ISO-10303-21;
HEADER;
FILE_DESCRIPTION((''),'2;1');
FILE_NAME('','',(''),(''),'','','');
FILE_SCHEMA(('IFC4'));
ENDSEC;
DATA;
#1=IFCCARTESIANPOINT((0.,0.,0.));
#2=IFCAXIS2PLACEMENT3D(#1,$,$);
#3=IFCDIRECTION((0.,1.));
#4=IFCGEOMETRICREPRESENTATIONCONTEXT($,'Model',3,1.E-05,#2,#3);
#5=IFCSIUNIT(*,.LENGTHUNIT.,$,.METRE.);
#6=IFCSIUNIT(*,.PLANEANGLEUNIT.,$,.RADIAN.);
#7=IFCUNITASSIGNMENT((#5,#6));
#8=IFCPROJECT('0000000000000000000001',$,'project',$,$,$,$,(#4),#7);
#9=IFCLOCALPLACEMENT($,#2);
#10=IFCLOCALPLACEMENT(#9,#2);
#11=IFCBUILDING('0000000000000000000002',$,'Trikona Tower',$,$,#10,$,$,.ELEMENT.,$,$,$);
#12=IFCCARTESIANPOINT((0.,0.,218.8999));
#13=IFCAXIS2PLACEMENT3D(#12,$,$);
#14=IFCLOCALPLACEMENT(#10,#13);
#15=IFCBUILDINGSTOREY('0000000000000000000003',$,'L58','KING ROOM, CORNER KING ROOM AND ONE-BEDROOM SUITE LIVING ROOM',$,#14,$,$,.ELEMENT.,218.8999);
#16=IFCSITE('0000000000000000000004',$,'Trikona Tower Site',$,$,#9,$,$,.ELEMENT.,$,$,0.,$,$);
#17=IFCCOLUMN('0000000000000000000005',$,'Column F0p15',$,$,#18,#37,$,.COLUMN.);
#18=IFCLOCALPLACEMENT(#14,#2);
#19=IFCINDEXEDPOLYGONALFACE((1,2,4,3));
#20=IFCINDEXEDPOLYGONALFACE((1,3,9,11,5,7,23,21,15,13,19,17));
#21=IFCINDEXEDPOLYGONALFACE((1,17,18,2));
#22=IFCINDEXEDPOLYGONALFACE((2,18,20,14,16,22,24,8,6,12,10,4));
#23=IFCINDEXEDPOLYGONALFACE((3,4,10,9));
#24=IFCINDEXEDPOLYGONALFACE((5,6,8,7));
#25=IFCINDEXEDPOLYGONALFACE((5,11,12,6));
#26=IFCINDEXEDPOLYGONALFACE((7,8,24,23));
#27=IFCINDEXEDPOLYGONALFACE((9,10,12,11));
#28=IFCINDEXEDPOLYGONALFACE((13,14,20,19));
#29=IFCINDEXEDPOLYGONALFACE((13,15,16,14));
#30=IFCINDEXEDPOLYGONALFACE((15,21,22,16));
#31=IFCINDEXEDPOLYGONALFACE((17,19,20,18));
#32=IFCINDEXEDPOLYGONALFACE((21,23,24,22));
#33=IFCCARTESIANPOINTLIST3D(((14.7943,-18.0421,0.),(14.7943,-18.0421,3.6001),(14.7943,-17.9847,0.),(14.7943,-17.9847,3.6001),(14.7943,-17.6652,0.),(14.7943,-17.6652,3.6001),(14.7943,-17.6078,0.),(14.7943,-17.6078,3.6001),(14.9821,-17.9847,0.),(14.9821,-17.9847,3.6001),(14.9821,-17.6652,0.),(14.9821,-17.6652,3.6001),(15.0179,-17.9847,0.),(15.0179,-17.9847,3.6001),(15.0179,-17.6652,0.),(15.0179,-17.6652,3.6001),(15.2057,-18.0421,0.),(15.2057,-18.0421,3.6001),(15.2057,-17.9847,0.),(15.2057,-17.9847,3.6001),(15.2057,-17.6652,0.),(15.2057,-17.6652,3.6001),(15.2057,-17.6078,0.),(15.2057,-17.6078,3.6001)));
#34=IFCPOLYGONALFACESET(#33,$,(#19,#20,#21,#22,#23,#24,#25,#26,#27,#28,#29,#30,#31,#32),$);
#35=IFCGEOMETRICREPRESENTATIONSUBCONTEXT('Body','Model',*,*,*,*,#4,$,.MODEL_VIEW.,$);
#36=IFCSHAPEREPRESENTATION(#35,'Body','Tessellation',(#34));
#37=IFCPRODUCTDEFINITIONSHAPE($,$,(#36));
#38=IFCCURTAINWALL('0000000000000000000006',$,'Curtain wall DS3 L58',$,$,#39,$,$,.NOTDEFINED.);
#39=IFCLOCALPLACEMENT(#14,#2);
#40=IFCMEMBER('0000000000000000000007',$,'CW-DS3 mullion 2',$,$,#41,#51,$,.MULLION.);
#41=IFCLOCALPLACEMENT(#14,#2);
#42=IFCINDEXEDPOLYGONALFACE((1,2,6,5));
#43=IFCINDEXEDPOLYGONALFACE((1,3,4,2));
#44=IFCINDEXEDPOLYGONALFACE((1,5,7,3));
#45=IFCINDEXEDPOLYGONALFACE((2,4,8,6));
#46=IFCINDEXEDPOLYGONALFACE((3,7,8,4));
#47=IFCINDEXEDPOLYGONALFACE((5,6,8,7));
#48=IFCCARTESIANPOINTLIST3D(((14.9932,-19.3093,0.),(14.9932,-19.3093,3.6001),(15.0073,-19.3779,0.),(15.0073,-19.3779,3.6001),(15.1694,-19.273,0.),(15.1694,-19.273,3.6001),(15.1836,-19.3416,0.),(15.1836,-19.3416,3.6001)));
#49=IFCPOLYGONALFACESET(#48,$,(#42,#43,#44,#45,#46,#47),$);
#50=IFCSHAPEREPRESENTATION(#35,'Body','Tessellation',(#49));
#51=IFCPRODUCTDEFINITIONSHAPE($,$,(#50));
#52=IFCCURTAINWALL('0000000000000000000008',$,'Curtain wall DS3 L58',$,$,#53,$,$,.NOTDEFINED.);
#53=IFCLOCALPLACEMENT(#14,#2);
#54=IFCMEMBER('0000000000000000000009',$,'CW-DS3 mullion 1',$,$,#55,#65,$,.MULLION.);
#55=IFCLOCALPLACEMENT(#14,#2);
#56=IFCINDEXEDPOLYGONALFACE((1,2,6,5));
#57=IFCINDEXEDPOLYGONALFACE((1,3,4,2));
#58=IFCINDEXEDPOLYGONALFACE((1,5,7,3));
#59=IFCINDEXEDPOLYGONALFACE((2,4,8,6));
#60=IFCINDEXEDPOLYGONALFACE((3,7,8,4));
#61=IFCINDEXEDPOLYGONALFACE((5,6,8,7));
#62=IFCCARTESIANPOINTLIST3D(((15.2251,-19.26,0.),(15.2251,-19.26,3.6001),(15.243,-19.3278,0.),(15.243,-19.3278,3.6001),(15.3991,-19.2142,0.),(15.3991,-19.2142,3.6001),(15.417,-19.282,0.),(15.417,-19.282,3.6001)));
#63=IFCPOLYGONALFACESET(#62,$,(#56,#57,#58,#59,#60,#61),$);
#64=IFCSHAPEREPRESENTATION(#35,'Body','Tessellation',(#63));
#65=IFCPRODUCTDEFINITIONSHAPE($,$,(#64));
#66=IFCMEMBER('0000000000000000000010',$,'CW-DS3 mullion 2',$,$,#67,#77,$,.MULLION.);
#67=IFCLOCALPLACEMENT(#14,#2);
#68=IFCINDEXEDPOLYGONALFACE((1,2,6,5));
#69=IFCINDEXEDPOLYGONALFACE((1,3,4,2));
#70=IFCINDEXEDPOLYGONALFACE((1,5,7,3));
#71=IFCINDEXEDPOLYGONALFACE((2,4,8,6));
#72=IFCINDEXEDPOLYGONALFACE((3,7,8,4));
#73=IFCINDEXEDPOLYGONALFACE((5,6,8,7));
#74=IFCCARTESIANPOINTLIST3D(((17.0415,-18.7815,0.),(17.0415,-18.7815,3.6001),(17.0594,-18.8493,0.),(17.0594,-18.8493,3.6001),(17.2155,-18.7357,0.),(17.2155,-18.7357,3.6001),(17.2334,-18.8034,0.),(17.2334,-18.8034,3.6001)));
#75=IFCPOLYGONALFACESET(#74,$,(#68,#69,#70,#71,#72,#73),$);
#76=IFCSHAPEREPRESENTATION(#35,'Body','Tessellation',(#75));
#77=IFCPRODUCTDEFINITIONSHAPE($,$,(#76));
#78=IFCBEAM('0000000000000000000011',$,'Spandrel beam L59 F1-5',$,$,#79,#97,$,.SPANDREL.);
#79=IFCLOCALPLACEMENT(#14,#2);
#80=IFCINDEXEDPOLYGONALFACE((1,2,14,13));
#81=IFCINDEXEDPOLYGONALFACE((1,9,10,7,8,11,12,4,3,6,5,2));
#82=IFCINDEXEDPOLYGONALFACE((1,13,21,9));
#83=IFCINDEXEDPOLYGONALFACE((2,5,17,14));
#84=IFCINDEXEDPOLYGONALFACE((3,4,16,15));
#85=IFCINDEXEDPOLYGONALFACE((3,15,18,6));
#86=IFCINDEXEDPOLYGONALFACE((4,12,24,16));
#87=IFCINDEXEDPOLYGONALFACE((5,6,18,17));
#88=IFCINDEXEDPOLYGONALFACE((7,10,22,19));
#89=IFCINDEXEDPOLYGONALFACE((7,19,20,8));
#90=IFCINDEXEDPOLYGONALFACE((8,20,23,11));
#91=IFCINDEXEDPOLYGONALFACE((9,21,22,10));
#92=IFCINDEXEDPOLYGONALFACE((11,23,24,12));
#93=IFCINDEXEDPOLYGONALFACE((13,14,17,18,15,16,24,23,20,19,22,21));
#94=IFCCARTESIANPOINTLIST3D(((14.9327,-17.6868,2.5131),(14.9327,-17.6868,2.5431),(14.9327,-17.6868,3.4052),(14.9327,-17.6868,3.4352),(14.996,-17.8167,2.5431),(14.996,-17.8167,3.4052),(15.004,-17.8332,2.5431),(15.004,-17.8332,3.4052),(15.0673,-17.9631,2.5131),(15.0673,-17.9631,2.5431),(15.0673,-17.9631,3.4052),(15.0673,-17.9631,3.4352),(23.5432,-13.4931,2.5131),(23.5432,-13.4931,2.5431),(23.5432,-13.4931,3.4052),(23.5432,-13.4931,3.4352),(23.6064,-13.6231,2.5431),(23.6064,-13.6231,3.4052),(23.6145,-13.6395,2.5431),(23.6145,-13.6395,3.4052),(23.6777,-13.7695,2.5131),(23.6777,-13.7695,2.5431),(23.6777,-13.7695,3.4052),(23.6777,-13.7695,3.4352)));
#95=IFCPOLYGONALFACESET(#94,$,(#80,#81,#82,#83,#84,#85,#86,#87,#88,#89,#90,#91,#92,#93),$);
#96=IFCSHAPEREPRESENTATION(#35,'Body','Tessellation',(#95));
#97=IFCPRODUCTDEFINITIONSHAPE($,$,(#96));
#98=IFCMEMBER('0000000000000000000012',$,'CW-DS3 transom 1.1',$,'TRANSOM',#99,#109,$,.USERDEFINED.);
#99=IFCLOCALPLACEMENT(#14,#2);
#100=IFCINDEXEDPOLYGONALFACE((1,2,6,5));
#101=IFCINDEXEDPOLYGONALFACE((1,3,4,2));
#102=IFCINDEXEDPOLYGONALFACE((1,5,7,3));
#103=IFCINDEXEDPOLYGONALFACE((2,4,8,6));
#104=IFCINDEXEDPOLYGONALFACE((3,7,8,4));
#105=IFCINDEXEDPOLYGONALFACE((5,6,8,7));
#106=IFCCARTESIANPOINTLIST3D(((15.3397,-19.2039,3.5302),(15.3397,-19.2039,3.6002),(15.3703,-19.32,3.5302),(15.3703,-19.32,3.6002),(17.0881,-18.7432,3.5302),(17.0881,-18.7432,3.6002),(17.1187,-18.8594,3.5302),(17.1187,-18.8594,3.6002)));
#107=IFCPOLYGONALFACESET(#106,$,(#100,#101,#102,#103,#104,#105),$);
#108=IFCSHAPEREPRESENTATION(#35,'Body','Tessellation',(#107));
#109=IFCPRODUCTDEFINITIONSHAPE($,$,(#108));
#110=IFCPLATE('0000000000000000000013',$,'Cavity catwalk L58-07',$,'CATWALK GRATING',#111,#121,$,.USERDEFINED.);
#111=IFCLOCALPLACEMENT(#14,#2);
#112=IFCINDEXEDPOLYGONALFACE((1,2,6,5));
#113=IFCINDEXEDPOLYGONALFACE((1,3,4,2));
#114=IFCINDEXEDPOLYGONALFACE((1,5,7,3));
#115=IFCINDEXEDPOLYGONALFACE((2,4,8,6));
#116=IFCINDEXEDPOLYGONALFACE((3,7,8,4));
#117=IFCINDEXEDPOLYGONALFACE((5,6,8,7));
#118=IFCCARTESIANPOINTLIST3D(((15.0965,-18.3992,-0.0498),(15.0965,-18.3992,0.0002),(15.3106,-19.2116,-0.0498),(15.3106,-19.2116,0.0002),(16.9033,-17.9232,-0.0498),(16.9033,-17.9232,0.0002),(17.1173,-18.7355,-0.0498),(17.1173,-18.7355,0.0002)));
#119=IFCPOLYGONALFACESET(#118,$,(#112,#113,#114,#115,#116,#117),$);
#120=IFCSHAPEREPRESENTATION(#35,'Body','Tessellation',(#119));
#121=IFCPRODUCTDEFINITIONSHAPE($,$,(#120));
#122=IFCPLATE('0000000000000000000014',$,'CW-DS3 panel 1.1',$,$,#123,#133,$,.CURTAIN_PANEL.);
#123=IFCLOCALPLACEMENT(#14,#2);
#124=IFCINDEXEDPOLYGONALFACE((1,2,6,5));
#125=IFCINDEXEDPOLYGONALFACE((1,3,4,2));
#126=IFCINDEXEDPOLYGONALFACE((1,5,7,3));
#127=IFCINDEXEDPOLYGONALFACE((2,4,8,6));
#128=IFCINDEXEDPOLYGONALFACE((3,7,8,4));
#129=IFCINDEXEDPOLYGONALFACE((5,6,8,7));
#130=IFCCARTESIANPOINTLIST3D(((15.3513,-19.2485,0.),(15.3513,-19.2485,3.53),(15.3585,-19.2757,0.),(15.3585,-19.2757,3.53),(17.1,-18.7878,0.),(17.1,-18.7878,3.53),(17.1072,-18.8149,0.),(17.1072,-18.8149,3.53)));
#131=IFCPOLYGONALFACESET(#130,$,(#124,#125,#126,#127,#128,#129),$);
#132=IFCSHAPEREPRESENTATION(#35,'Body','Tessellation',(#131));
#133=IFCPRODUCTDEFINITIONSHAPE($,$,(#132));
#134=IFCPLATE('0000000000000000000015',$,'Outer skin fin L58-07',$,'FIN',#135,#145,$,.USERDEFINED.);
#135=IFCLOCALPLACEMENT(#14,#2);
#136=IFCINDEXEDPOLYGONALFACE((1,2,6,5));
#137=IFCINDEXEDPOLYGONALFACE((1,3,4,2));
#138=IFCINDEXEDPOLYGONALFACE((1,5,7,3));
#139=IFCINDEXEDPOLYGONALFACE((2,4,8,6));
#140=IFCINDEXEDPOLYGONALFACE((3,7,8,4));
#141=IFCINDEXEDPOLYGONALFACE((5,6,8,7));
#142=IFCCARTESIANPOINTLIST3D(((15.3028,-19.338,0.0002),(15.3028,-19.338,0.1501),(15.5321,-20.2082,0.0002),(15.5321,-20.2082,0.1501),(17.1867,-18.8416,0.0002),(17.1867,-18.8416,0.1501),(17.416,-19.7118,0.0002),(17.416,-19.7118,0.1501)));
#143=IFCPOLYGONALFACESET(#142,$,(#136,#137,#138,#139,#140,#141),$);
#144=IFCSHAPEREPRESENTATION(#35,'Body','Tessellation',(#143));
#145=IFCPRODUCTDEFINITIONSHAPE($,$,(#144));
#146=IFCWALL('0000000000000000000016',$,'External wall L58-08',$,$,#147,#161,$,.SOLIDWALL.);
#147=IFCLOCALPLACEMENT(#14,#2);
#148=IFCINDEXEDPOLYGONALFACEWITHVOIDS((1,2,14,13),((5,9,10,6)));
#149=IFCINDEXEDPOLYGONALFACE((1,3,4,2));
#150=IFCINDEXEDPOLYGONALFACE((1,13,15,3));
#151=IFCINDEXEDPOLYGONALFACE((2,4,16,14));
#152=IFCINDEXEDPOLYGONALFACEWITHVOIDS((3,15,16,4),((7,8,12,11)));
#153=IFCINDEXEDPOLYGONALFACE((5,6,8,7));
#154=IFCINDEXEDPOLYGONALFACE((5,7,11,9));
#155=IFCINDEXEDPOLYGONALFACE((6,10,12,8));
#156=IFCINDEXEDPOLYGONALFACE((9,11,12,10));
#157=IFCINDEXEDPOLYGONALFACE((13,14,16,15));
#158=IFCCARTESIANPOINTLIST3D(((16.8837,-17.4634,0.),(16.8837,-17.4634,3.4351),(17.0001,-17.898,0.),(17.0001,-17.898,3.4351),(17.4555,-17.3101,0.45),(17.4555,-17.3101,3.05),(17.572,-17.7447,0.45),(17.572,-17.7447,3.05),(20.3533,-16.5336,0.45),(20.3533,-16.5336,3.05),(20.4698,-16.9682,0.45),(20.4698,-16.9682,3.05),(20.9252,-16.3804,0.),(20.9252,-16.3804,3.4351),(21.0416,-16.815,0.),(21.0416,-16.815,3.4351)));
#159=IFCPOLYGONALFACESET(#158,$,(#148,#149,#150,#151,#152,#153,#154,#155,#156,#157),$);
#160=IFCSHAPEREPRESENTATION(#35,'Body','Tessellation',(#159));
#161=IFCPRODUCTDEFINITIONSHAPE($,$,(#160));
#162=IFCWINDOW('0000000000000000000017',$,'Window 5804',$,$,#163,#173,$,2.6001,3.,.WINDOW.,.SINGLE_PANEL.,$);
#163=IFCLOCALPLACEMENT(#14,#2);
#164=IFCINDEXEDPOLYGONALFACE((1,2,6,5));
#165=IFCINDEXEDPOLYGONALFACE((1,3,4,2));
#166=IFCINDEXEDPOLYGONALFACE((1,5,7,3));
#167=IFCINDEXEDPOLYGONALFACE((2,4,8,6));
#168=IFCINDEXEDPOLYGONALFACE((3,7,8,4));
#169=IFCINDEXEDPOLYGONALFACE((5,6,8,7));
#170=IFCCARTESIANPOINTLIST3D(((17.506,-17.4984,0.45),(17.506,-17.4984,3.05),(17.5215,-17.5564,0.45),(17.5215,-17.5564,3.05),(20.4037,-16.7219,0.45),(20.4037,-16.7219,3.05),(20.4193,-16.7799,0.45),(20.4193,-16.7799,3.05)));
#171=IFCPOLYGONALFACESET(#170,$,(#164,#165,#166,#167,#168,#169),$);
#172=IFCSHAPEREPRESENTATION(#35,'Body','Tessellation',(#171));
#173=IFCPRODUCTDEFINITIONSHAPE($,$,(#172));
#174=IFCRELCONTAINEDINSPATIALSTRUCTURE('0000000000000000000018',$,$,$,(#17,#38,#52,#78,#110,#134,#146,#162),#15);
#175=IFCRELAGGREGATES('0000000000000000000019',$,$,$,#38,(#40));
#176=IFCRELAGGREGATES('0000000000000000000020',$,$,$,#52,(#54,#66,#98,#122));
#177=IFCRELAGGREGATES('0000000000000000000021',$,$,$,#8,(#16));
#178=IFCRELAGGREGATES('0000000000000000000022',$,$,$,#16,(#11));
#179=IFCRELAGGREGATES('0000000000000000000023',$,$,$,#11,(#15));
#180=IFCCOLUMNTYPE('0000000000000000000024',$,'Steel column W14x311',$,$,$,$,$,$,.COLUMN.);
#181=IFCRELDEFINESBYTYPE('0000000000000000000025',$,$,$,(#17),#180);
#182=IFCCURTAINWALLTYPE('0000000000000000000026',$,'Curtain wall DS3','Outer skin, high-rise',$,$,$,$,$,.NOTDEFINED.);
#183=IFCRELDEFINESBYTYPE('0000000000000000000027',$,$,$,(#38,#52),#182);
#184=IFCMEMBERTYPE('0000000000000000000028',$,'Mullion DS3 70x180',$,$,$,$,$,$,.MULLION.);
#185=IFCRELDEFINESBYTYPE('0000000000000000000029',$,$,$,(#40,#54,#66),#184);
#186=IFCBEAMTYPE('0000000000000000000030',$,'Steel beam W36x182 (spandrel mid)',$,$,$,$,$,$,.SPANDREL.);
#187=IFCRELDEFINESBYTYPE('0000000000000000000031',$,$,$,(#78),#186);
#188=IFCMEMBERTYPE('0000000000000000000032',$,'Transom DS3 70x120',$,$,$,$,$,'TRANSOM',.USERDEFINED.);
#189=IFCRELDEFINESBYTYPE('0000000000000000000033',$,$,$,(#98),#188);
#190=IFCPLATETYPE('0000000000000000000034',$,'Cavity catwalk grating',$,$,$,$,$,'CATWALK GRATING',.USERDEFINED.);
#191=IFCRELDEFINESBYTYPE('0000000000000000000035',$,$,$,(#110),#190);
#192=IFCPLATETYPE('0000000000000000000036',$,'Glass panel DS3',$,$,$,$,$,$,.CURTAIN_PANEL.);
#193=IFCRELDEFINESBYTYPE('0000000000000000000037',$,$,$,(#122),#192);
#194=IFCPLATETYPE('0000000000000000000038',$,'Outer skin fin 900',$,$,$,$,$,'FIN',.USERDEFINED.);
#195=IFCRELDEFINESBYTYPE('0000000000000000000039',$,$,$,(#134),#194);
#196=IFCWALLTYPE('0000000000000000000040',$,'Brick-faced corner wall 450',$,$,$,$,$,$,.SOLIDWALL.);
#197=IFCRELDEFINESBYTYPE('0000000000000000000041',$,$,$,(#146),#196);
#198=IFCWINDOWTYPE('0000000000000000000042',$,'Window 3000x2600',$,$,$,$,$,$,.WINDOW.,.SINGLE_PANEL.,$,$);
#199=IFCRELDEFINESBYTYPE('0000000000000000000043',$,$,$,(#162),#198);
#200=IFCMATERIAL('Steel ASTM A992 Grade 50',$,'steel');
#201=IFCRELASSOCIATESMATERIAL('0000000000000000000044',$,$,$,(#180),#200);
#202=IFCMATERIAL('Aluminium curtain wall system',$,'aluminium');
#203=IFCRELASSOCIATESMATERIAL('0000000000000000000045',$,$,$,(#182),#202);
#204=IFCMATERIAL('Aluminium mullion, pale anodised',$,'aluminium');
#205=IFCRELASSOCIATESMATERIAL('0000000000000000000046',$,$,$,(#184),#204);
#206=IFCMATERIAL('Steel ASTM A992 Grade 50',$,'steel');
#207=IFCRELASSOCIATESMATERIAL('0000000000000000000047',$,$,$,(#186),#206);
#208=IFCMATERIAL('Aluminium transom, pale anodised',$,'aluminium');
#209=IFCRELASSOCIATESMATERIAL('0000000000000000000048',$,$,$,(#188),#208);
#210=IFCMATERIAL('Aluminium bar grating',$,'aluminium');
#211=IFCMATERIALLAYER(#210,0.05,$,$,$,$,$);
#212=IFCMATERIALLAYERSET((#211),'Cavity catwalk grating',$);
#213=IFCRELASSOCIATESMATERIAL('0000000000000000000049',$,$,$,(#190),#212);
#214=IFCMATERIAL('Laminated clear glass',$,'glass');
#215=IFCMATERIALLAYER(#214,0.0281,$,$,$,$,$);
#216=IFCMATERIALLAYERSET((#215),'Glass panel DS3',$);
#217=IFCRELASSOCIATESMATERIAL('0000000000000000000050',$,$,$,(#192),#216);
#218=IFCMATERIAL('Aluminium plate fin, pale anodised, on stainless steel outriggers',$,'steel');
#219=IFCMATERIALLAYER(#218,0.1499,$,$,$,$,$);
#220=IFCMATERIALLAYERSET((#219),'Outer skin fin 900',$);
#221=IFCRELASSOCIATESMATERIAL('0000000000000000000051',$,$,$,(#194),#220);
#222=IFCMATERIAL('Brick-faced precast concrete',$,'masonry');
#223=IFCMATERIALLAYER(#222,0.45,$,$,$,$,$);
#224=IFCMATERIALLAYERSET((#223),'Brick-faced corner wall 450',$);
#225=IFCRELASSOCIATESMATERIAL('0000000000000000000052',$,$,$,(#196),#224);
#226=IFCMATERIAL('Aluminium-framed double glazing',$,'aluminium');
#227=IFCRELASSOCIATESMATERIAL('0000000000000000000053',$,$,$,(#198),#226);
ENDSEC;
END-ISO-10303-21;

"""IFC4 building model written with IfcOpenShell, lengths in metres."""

from ifc_helpers import new_model, si_unit, direction, frame, frame_2d, origin, origin_2d, place, context, subcontext, project, spatial, rectangle, i_section, extrude, material, layer, layer_set, material_profile, profile_set, type_object, element, fill, aggregate, save


model = new_model("IFC4")

# Units and contexts
model_context = context("Model", 3, precision=1e-05, world=origin(), true_north=direction((0.0, 1.0)))
body_context = subcontext(model_context, "Body", "Model", "MODEL_VIEW")
ifc_project = project(units=[si_unit("LENGTHUNIT", "METRE"), si_unit("PLANEANGLEUNIT", "RADIAN")], contexts=[model_context])

# Site, building, storey
site_placement = place(None, origin())
site = spatial("IfcSite", under=ifc_project, at=site_placement, Name="Trikona Tower Site", CompositionType="ELEMENT", RefElevation=0.0)
building_placement = place(site_placement, origin())
building = spatial("IfcBuilding", under=site, at=building_placement, Name="Trikona Tower", CompositionType="ELEMENT")
storey_placement = place(building_placement, frame((0.0, 0.0, 218.8999)))
storey = spatial("IfcBuildingStorey", under=building, at=storey_placement, Name="L58", Description="KING ROOM, CORNER KING ROOM AND ONE-BEDROOM SUITE LIVING ROOM", CompositionType="ELEMENT", Elevation=218.8999)

# Column
ifc_material_1 = material(Name="Steel ASTM A992 Grade 50", Category="steel")
ifc_material_profile_1 = material_profile(ifc_material_1, i_section(OverallWidth=0.4114, OverallDepth=0.4343, WebThickness=0.0359, FlangeThickness=0.0574, at=origin_2d()), Name="W14X311")
ifc_profile_set_1 = profile_set([ifc_material_profile_1], Name="Steel ASTM A992 Grade 50")
column_type = type_object("IfcColumnType", Name="Steel column W14x311", PredefinedType="COLUMN", material=ifc_profile_set_1)
column_placement = place(storey_placement, frame((15.0, -17.825, 0.0), z_axis=(0.0, 0.0, 1.0), x_axis=(1.0, 0.0, 0.0)))
element("IfcColumn", 1, at=column_placement, inside=storey, type_object=column_type, Name="Column F0p15", PredefinedType="COLUMN", context=body_context, shape_type="SweptSolid", body=[
    extrude(i_section(OverallWidth=0.4114, OverallDepth=0.4343, WebThickness=0.0359, FlangeThickness=0.0574, at=origin_2d()), origin(), (0.0, 0.0, 1.0), 3.6001),
])

# Curtain wall, member
ifc_material_2 = material(Name="Aluminium curtain wall system", Category="aluminium")
curtain_wall_type = type_object("IfcCurtainWallType", Name="Curtain wall DS3", Description="Outer skin, high-rise", PredefinedType="NOTDEFINED", material=ifc_material_2)
curtain_wall_1_placement = place(storey_placement, origin())
curtain_wall_1 = element("IfcCurtainWall", 2, at=curtain_wall_1_placement, inside=storey, type_object=curtain_wall_type, Name="Curtain wall DS3 L58", PredefinedType="NOTDEFINED")
ifc_material_3 = material(Name="Aluminium mullion, pale anodised", Category="aluminium")
ifc_material_profile_2 = material_profile(ifc_material_3, rectangle(XDim=0.0701, YDim=0.1799, at=origin_2d()), Name="MUL-DS3")
ifc_profile_set_2 = profile_set([ifc_material_profile_2], Name="Aluminium mullion, pale anodised")
member_type_1 = type_object("IfcMemberType", Name="Mullion DS3 70x180", PredefinedType="MULLION", material=ifc_profile_set_2)
member_1_placement = place(storey_placement, frame((15.0884, -19.3254, 0.0), z_axis=(0.0, 0.0, 1.0), x_axis=(-0.201653, 0.979457, 0.0)))
member_1 = element("IfcMember", 3, at=member_1_placement, type_object=member_type_1, Name="CW-DS3 mullion 2", PredefinedType="MULLION", context=body_context, shape_type="SweptSolid", body=[
    extrude(rectangle(XDim=0.0701, YDim=0.1799, at=origin_2d()), origin(), (0.0, 0.0, 1.0), 3.6001),
])
aggregate(curtain_wall_1, [member_1])

# Curtain wall, members
curtain_wall_2_placement = place(storey_placement, origin())
curtain_wall_2 = element("IfcCurtainWall", 4, at=curtain_wall_2_placement, inside=storey, type_object=curtain_wall_type, Name="Curtain wall DS3 L58", PredefinedType="NOTDEFINED")
member_2_placement = place(storey_placement, frame((15.321, -19.271, 0.0), z_axis=(0.0, 0.0, 1.0), x_axis=(-0.254786, 0.966997, 0.0)))
member_2 = element("IfcMember", 5, at=member_2_placement, type_object=member_type_1, Name="CW-DS3 mullion 1", PredefinedType="MULLION", context=body_context, shape_type="SweptSolid", body=[
    extrude(rectangle(XDim=0.0701, YDim=0.1799, at=origin_2d()), origin(), (0.0, 0.0, 1.0), 3.6001),
])
member_3_placement = place(storey_placement, frame((17.1375, -18.7925, 0.0), z_axis=(0.0, 0.0, 1.0), x_axis=(-0.254786, 0.966997, 0.0)))
member_3 = element("IfcMember", 6, at=member_3_placement, type_object=member_type_1, Name="CW-DS3 mullion 2", PredefinedType="MULLION", context=body_context, shape_type="SweptSolid", body=[
    extrude(rectangle(XDim=0.0701, YDim=0.1799, at=origin_2d()), origin(), (0.0, 0.0, 1.0), 3.6001),
])

# Beam
ifc_material_4 = material(Name="Steel ASTM A992 Grade 50", Category="steel")
ifc_material_profile_3 = material_profile(ifc_material_4, i_section(OverallWidth=0.3074, OverallDepth=0.9221, WebThickness=0.0183, FlangeThickness=0.03, at=origin_2d()), Name="W36X182")
ifc_profile_set_3 = profile_set([ifc_material_profile_3], Name="Steel ASTM A992 Grade 50")
beam_type = type_object("IfcBeamType", Name="Steel beam W36x182 (spandrel mid)", PredefinedType="SPANDREL", material=ifc_profile_set_3)
beam_placement = place(storey_placement, frame((15.0, -17.825, 2.9741), z_axis=(0.899039, 0.43787, 0.0), x_axis=(-0.43787, 0.899039, 0.0)))
element("IfcBeam", 7, at=beam_placement, inside=storey, type_object=beam_type, Name="Spandrel beam L59 F1-5", PredefinedType="SPANDREL", context=body_context, shape_type="SweptSolid", body=[
    extrude(i_section(OverallWidth=0.3074, OverallDepth=0.9221, WebThickness=0.0183, FlangeThickness=0.03, at=origin_2d()), origin(), (0.0, 0.0, 1.0), 9.5774),
])

# Member
ifc_material_5 = material(Name="Aluminium transom, pale anodised", Category="aluminium")
ifc_material_profile_4 = material_profile(ifc_material_5, rectangle(XDim=0.1201, YDim=0.0701, at=origin_2d()), Name="TRN-DS3")
ifc_profile_set_4 = profile_set([ifc_material_profile_4], Name="Aluminium transom, pale anodised")
member_type_2 = type_object("IfcMemberType", Name="Transom DS3 70x120", ElementType="TRANSOM", PredefinedType="USERDEFINED", material=ifc_profile_set_4)
member_4_placement = place(storey_placement, frame((15.355, -19.262, 3.5652), z_axis=(0.966999, 0.254779, 0.0), x_axis=(-0.254779, 0.966999, 0.0)))
member_4 = element("IfcMember", 8, at=member_4_placement, type_object=member_type_2, Name="CW-DS3 transom 1.1", ObjectType="TRANSOM", PredefinedType="USERDEFINED", context=body_context, shape_type="SweptSolid", body=[
    extrude(rectangle(XDim=0.1201, YDim=0.0701, at=origin_2d()), origin(), (0.0, 0.0, 1.0), 1.8081),
])

# Plates
ifc_material_6 = material(Name="Aluminium bar grating", Category="aluminium")
ifc_layer_1 = layer(ifc_material_6, 0.05)
ifc_layer_set_1 = layer_set([ifc_layer_1], Name="Cavity catwalk grating")
plate_type_1 = type_object("IfcPlateType", Name="Cavity catwalk grating", ElementType="CATWALK GRATING", PredefinedType="USERDEFINED", material=ifc_layer_set_1)
plate_1_placement = place(storey_placement, frame((16.1069, -18.5674, -0.0498), z_axis=(0.0, 0.0, 1.0), x_axis=(0.966993, 0.254803, 0.0)))
element("IfcPlate", 9, at=plate_1_placement, inside=storey, type_object=plate_type_1, Name="Cavity catwalk L58-07", ObjectType="CATWALK GRATING", PredefinedType="USERDEFINED", context=body_context, shape_type="SweptSolid", body=[
    extrude(rectangle(XDim=1.8684, YDim=0.8401, at=origin_2d()), origin(), (0.0, 0.0, 1.0), 0.05),
])
ifc_material_7 = material(Name="Laminated clear glass", Category="glass")
ifc_layer_2 = layer(ifc_material_7, 0.0281)
ifc_layer_set_2 = layer_set([ifc_layer_2], Name="Glass panel DS3")
plate_type_2 = type_object("IfcPlateType", Name="Glass panel DS3", PredefinedType="CURTAIN_PANEL", material=ifc_layer_set_2)
plate_2_placement = place(storey_placement, frame((16.2292, -19.0317, 0.0), z_axis=(0.0, 0.0, 1.0), x_axis=(0.966997, 0.254786, 0.0)))
plate_2 = element("IfcPlate", 10, at=plate_2_placement, type_object=plate_type_2, Name="CW-DS3 panel 1.1", PredefinedType="CURTAIN_PANEL", context=body_context, shape_type="SweptSolid", body=[
    extrude(rectangle(XDim=1.8083, YDim=0.0281, at=origin_2d()), origin(), (0.0, 0.0, 1.0), 3.53),
])
aggregate(curtain_wall_2, [member_2, member_3, member_4, plate_2])
ifc_material_8 = material(Name="Aluminium plate fin, pale anodised, on stainless steel outriggers", Category="steel")
ifc_layer_3 = layer(ifc_material_8, 0.1499)
ifc_layer_set_3 = layer_set([ifc_layer_3], Name="Outer skin fin 900")
plate_type_3 = type_object("IfcPlateType", Name="Outer skin fin 900", ElementType="FIN", PredefinedType="USERDEFINED", material=ifc_layer_set_3)
plate_3_placement = place(storey_placement, frame((16.3594, -19.5249, 0.0002), z_axis=(0.0, 0.0, 1.0), x_axis=(0.966993, 0.254803, 0.0)))
element("IfcPlate", 11, at=plate_3_placement, inside=storey, type_object=plate_type_3, Name="Outer skin fin L58-07", ObjectType="FIN", PredefinedType="USERDEFINED", context=body_context, shape_type="SweptSolid", body=[
    extrude(rectangle(XDim=1.9482, YDim=0.8999, at=origin_2d()), origin(), (0.0, 0.0, 1.0), 0.1499),
])

# Wall, opening, window
ifc_material_9 = material(Name="Brick-faced precast concrete", Category="masonry")
ifc_layer_4 = layer(ifc_material_9, 0.45)
ifc_layer_set_4 = layer_set([ifc_layer_4], Name="Brick-faced corner wall 450")
wall_type = type_object("IfcWallType", Name="Brick-faced corner wall 450", PredefinedType="SOLIDWALL", material=ifc_layer_set_4)
wall_1_placement = place(storey_placement, frame((16.9419, -17.6807, 0.0), z_axis=(0.0, 0.0, 1.0), x_axis=(0.96592, 0.258839, 0.0)))
wall_1 = element("IfcWall", 12, at=wall_1_placement, inside=storey, type_object=wall_type, Name="External wall L58-08", PredefinedType="SOLIDWALL", context=body_context, shape_type="SweptSolid", body=[
    extrude(rectangle(XDim=4.1841, YDim=0.45, at=frame_2d((2.092, 0.0))), origin(), (0.0, 0.0, 1.0), 3.4351),
])
opening_1_placement = place(wall_1_placement, frame((0.592, 0.0, 0.45)))
opening_1 = element("IfcOpeningElement", 13, at=opening_1_placement, cuts=wall_1, PredefinedType="OPENING", context=body_context, shape_type="SweptSolid", body=[
    extrude(rectangle(XDim=3.0, YDim=2.6001, at=frame_2d((1.5, 1.3))), frame((0.0, 0.2349, 0.0), z_axis=(0.0, -1.0, 0.0), x_axis=(1.0, 0.0, 0.0)), (0.0, 0.0, 1.0), 0.47),
])
ifc_material_10 = material(Name="Aluminium-framed double glazing", Category="aluminium")
window_type_1 = type_object("IfcWindowType", Name="Window 3000x2600", PartitioningType="SINGLE_PANEL", PredefinedType="WINDOW", material=ifc_material_10)
window_1_placement = place(opening_1_placement, origin())
window_1 = element("IfcWindow", 14, at=window_1_placement, inside=storey, type_object=window_type_1, Name="Window 5804", OverallHeight=2.6001, OverallWidth=3.0, PartitioningType="SINGLE_PANEL", PredefinedType="WINDOW", context=body_context, shape_type="SweptSolid", body=[
    extrude(rectangle(XDim=3.0, YDim=2.6001, at=frame_2d((1.5, 1.3))), frame((0.0, 0.03, 0.0), z_axis=(0.0, -1.0, 0.0), x_axis=(1.0, 0.0, 0.0)), (0.0, 0.0, 1.0), 0.0601),
])
fill(opening_1, window_1)

save(model, "model.ifc")
